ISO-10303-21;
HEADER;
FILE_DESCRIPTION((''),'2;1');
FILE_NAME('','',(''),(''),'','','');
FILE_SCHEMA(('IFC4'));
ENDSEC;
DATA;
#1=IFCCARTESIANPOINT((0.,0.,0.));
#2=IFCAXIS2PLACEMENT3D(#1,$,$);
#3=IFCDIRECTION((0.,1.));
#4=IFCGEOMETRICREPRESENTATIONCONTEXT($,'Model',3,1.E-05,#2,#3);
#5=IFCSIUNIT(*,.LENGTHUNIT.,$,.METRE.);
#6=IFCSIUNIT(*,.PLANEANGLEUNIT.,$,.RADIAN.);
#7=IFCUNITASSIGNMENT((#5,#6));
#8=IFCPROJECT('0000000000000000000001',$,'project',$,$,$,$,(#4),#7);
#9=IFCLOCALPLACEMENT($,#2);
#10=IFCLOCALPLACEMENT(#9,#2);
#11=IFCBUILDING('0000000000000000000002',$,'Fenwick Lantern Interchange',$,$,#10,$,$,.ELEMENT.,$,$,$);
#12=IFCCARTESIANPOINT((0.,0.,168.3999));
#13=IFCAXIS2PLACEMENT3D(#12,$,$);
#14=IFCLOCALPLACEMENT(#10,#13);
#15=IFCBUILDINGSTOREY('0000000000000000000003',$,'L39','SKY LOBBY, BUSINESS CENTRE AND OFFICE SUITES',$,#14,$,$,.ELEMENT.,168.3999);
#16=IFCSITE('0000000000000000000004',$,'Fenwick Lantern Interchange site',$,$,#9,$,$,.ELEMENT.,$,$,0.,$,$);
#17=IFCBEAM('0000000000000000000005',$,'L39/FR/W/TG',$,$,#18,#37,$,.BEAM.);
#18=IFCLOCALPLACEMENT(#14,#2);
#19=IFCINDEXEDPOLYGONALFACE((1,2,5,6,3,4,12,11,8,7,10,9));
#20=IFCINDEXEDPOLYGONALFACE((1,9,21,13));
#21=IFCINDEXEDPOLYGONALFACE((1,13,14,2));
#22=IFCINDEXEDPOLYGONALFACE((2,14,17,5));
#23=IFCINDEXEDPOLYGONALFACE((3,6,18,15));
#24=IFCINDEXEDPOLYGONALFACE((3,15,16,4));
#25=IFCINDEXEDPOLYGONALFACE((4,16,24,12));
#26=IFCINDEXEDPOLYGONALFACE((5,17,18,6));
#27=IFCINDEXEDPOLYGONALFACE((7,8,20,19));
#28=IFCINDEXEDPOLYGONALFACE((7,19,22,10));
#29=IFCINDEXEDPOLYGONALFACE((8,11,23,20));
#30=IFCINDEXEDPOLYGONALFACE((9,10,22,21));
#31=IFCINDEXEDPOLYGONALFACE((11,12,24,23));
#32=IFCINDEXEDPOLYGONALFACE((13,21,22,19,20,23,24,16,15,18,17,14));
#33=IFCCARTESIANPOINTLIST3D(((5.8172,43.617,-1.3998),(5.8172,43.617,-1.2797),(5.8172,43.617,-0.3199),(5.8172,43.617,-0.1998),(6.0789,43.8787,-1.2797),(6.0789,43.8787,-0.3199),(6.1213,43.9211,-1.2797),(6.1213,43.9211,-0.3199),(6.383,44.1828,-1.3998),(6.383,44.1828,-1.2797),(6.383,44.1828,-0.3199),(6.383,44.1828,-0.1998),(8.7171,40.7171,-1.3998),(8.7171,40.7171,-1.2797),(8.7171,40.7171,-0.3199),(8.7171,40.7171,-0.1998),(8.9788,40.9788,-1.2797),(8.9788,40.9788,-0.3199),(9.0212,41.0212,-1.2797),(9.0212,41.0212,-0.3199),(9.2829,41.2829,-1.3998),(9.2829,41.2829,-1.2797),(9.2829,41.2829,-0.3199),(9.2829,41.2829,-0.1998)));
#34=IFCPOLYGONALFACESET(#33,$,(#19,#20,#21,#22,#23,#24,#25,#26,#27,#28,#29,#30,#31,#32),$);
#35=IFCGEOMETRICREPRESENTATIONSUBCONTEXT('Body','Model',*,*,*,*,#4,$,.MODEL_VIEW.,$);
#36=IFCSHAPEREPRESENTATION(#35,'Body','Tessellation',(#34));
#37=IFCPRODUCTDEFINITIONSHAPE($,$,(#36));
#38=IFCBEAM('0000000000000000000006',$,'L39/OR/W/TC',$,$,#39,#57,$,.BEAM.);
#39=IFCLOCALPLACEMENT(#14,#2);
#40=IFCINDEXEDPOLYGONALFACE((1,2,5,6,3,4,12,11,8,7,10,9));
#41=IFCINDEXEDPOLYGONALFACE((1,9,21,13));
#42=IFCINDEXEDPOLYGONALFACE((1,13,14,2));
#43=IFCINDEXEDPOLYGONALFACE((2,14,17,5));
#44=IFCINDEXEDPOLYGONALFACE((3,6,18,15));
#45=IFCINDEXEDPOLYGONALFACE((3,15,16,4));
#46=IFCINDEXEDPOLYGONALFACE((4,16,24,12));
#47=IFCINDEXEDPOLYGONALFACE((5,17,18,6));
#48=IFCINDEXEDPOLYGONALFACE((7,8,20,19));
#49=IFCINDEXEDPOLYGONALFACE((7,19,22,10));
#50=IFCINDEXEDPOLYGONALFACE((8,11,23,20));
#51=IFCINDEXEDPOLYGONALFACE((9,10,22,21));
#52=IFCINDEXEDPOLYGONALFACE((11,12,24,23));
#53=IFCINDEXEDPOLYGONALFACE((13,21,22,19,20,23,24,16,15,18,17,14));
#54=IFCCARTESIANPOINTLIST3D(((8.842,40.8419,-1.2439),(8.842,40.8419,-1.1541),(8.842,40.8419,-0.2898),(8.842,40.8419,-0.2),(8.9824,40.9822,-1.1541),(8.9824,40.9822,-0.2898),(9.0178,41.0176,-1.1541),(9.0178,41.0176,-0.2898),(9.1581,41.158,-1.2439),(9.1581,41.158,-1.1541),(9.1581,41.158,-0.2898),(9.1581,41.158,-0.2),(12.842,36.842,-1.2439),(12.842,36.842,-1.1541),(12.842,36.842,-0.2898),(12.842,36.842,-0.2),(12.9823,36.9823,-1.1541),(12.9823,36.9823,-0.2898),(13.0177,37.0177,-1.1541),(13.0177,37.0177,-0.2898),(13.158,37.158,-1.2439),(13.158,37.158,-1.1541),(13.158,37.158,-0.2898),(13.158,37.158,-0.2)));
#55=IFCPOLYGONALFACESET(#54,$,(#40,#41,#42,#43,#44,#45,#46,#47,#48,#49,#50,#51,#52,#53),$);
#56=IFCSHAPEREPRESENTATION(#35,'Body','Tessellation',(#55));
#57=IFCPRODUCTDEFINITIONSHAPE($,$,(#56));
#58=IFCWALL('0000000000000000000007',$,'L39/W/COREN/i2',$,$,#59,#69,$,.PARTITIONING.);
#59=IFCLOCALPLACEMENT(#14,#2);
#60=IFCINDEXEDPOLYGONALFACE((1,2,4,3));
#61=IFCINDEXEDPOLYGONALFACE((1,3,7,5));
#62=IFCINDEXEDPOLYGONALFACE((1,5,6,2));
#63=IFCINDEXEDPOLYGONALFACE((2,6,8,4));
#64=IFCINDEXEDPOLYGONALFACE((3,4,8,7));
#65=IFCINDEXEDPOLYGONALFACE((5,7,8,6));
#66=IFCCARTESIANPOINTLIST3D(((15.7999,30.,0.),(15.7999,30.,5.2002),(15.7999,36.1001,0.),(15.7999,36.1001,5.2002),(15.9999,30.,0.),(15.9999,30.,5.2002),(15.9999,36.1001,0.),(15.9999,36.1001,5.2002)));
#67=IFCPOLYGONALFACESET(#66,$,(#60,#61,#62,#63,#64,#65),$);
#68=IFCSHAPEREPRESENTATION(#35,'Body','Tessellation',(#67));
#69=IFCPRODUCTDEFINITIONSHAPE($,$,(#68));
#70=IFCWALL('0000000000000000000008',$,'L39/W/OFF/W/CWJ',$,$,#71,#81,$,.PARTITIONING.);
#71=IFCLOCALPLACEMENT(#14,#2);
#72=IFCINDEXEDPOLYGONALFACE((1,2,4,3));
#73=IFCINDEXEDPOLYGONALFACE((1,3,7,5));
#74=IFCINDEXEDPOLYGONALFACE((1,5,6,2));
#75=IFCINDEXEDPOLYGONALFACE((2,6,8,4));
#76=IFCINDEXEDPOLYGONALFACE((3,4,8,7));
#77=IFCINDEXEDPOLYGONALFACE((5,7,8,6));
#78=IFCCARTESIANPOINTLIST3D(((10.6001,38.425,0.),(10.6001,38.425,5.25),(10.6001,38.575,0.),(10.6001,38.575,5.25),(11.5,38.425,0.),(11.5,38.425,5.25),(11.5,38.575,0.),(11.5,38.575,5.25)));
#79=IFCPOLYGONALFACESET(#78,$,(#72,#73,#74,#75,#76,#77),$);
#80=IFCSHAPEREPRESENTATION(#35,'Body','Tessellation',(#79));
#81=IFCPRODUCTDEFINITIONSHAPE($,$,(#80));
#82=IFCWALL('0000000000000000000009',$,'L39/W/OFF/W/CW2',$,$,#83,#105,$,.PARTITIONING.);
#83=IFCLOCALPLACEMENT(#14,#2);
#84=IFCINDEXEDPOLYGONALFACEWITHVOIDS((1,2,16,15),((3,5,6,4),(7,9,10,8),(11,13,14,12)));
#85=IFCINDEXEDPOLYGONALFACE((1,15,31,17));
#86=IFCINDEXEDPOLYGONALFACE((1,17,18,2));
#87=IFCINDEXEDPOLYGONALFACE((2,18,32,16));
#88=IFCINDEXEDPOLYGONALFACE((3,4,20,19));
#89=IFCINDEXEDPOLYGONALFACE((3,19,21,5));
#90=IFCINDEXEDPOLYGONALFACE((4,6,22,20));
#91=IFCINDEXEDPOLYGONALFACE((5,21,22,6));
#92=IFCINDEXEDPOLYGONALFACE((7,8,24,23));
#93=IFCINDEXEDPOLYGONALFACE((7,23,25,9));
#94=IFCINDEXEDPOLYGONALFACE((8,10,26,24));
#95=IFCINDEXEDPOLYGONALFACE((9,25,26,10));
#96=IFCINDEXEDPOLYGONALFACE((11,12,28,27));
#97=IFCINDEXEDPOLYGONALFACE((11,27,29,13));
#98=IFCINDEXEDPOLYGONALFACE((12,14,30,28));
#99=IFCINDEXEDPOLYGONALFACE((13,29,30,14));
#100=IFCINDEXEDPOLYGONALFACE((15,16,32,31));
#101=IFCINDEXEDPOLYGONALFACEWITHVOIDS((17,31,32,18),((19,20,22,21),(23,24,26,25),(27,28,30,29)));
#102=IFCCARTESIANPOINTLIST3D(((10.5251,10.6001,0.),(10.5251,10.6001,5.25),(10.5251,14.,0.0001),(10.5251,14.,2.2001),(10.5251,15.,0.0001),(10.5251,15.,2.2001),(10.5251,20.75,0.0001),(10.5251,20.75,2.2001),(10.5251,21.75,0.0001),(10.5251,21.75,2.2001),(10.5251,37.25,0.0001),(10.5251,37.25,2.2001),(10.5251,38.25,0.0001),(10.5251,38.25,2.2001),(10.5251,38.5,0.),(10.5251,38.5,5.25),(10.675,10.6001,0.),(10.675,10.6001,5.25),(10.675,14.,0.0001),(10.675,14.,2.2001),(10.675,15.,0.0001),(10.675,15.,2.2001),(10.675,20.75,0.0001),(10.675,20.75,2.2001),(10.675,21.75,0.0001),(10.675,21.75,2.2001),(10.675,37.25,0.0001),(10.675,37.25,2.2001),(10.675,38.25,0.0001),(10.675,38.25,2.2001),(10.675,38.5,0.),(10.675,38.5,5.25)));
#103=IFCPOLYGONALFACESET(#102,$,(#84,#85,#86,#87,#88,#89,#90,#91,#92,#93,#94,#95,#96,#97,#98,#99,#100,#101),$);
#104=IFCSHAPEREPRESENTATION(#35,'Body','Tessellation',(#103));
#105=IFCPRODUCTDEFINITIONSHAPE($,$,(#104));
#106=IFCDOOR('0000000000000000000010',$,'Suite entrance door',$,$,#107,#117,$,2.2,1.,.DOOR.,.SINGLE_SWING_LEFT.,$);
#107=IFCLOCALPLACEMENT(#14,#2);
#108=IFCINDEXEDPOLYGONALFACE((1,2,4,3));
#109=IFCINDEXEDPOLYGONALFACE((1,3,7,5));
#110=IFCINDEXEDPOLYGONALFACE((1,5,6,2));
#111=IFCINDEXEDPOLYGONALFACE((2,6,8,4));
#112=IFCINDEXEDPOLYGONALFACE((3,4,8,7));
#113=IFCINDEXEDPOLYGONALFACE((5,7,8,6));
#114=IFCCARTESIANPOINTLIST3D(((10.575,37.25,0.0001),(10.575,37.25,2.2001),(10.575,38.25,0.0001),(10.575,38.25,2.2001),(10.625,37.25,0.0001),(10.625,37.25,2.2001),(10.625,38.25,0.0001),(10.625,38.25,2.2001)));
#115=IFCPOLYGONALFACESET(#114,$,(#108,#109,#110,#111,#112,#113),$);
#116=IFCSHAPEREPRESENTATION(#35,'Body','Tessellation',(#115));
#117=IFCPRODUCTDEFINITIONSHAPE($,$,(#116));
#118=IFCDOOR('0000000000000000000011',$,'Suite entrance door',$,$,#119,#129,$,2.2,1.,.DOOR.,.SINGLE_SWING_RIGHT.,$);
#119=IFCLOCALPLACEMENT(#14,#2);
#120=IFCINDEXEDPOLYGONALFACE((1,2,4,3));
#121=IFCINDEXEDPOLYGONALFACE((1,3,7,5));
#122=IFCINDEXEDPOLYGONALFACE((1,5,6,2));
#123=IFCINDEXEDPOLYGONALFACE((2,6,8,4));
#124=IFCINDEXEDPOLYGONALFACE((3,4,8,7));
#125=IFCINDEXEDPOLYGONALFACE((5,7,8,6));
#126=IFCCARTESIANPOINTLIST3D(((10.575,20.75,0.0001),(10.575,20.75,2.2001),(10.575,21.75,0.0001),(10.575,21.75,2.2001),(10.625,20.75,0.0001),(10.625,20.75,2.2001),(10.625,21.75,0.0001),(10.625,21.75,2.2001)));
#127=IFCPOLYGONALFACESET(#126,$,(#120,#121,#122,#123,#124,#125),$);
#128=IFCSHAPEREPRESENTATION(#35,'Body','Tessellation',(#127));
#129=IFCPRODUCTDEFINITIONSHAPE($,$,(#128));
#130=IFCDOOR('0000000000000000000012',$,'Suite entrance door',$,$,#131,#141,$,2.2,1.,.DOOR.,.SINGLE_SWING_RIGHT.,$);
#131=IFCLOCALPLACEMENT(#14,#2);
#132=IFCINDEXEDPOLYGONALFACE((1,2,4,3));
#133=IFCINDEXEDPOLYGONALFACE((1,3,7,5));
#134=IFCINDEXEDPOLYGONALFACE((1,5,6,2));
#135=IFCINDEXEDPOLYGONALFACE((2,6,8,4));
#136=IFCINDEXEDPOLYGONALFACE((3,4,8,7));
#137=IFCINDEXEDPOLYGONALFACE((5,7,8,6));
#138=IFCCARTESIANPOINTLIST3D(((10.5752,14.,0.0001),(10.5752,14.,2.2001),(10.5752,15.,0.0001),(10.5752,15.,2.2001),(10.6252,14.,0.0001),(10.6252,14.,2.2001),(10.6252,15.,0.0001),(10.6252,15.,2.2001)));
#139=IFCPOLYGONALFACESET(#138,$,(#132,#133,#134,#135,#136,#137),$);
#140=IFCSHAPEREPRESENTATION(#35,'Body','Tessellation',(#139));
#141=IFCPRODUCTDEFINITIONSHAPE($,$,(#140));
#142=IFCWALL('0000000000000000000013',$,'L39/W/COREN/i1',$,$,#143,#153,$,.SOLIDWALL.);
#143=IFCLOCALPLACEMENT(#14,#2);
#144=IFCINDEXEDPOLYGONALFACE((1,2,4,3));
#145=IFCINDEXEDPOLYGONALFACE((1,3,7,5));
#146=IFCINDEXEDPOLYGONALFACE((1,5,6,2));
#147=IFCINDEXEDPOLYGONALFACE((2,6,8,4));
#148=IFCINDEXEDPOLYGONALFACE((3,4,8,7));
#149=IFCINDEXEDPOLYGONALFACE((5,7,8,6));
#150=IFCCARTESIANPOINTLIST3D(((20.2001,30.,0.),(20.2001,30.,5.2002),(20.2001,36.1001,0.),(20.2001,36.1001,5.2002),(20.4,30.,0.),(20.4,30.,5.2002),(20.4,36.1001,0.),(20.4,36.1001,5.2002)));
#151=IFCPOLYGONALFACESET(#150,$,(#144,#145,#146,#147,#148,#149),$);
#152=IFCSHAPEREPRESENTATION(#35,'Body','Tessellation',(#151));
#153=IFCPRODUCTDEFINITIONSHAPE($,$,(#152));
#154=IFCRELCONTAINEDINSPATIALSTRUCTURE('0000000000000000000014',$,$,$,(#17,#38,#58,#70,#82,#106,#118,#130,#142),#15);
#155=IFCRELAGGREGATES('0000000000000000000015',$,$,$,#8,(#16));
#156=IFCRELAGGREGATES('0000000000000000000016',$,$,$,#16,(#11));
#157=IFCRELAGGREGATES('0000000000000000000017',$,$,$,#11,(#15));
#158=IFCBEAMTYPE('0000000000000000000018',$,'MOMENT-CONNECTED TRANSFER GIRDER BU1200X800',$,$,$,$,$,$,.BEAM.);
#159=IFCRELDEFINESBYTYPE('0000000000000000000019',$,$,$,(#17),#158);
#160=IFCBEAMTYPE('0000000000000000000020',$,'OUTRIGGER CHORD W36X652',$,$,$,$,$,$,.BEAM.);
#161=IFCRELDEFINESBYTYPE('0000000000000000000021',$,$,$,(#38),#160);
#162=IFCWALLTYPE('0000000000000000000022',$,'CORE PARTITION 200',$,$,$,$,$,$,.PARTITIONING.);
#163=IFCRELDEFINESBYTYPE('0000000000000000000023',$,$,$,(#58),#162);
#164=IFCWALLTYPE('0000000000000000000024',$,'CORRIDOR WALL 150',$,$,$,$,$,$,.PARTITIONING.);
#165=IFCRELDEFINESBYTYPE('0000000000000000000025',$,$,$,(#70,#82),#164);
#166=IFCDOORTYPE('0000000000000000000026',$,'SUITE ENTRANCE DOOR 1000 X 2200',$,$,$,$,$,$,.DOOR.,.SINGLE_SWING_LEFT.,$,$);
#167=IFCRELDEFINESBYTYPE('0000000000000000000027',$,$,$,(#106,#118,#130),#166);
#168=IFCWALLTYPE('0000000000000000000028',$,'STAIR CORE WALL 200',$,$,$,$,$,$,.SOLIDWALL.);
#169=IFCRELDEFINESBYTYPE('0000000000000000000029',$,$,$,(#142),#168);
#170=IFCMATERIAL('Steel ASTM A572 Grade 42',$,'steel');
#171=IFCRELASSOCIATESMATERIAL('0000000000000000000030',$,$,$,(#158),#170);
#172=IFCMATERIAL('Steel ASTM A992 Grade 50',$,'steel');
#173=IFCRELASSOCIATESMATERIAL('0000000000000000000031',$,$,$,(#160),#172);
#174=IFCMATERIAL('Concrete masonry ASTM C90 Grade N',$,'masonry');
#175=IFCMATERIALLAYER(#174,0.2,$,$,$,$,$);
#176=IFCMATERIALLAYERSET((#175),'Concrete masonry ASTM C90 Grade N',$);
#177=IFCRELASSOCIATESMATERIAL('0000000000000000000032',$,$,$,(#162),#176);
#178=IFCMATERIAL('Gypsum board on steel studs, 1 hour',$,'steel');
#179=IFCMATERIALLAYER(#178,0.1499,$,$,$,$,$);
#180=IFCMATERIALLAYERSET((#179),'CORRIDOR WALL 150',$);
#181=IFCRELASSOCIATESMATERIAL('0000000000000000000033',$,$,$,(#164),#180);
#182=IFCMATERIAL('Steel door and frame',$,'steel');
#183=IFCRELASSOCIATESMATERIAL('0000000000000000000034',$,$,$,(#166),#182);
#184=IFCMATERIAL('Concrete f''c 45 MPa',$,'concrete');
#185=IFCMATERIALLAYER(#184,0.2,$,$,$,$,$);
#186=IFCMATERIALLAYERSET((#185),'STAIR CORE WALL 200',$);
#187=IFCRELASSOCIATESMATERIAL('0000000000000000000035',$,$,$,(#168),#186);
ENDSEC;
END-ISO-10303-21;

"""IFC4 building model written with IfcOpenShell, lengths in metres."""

from ifc_helpers import new_model, si_unit, direction, frame, frame_2d, origin, origin_2d, place, context, subcontext, project, spatial, rectangle, i_section, extrude, material, layer, layer_set, material_profile, profile_set, type_object, element, fill, save


model = new_model("IFC4")

# Units and contexts
model_context = context("Model", 3, precision=1e-05, world=origin(), true_north=direction((0.0, 1.0)))
body_context = subcontext(model_context, "Body", "Model", "MODEL_VIEW")
ifc_project = project(units=[si_unit("LENGTHUNIT", "METRE"), si_unit("PLANEANGLEUNIT", "RADIAN")], contexts=[model_context])

# Site, building, storey
site_placement = place(None, origin())
site = spatial("IfcSite", under=ifc_project, at=site_placement, Name="Fenwick Lantern Interchange site", CompositionType="ELEMENT", RefElevation=0.0)
building_placement = place(site_placement, origin())
building = spatial("IfcBuilding", under=site, at=building_placement, Name="Fenwick Lantern Interchange", CompositionType="ELEMENT")
storey_placement = place(building_placement, frame((0.0, 0.0, 168.3999)))
storey = spatial("IfcBuildingStorey", under=building, at=storey_placement, Name="L39", Description="SKY LOBBY, BUSINESS CENTRE AND OFFICE SUITES", CompositionType="ELEMENT", Elevation=168.3999)

# Beams
ifc_material_1 = material(Name="Steel ASTM A992 Grade 50", Category="steel")
ifc_material_2 = material(Name="Steel ASTM A572 Grade 42", Category="steel")
ifc_material_profile_1 = material_profile(ifc_material_2, i_section(OverallWidth=0.8, OverallDepth=1.2, WebThickness=0.0601, FlangeThickness=0.1201, at=origin_2d()), Name="BU1200X800")
ifc_profile_set_1 = profile_set([ifc_material_profile_1], Name="Steel ASTM A572 Grade 42")
beam_type_1 = type_object("IfcBeamType", Name="MOMENT-CONNECTED TRANSFER GIRDER BU1200X800", PredefinedType="BEAM", material=ifc_profile_set_1)
beam_1_placement = place(storey_placement, frame((9.0, 41.0, -0.7998), z_axis=(-0.707107, 0.707107, 0.0), x_axis=(-0.707107, -0.707107, 0.0)))
element("IfcBeam", 1, at=beam_1_placement, inside=storey, type_object=beam_type_1, Name="L39/FR/W/TG", PredefinedType="BEAM", context=body_context, shape_type="SweptSolid", body=[
    extrude(i_section(OverallWidth=0.8, OverallDepth=1.2, WebThickness=0.0601, FlangeThickness=0.1201, at=origin_2d()), origin(), (0.0, 0.0, 1.0), 4.1011),
])
ifc_material_profile_2 = material_profile(ifc_material_1, i_section(OverallWidth=0.447, OverallDepth=1.0439, WebThickness=0.05, FlangeThickness=0.0898, at=origin_2d()), Name="W36X652")
ifc_profile_set_2 = profile_set([ifc_material_profile_2], Name="Steel ASTM A992 Grade 50")
beam_type_2 = type_object("IfcBeamType", Name="OUTRIGGER CHORD W36X652", PredefinedType="BEAM", material=ifc_profile_set_2)
beam_2_placement = place(storey_placement, frame((13.0, 37.0, -0.7219), z_axis=(-0.707107, 0.707107, 0.0), x_axis=(-0.707107, -0.707107, 0.0)))
element("IfcBeam", 2, at=beam_2_placement, inside=storey, type_object=beam_type_2, Name="L39/OR/W/TC", PredefinedType="BEAM", context=body_context, shape_type="SweptSolid", body=[
    extrude(i_section(OverallWidth=0.447, OverallDepth=1.0439, WebThickness=0.05, FlangeThickness=0.0898, at=origin_2d()), origin(), (0.0, 0.0, 1.0), 5.6567),
])

# Wall
ifc_material_3 = material(Name="Concrete masonry ASTM C90 Grade N", Category="masonry")
ifc_layer_1 = layer(ifc_material_3, 0.2)
ifc_layer_set_1 = layer_set([ifc_layer_1], Name="Concrete masonry ASTM C90 Grade N")
wall_type_1 = type_object("IfcWallType", Name="CORE PARTITION 200", PredefinedType="PARTITIONING", material=ifc_layer_set_1)
wall_1_placement = place(storey_placement, frame((15.8999, 36.1001, 0.0), z_axis=(0.0, 0.0, 1.0), x_axis=(0.0, -1.0, 0.0)))
element("IfcWall", 3, at=wall_1_placement, inside=storey, type_object=wall_type_1, Name="L39/W/COREN/i2", PredefinedType="PARTITIONING", context=body_context, shape_type="SweptSolid", body=[
    extrude(rectangle(XDim=6.1001, YDim=0.2, at=frame_2d((3.05, 0.0))), origin(), (0.0, 0.0, 1.0), 5.2002),
])

# Shared definitions
ifc_material_4 = material(Name="Steel door and frame", Category="steel")

# Wall
ifc_material_5 = material(Name="Gypsum board on steel studs, 1 hour", Category="steel")
ifc_layer_2 = layer(ifc_material_5, 0.1499)
ifc_layer_set_2 = layer_set([ifc_layer_2], Name="CORRIDOR WALL 150")
wall_type_2 = type_object("IfcWallType", Name="CORRIDOR WALL 150", PredefinedType="PARTITIONING", material=ifc_layer_set_2)
wall_2_placement = place(storey_placement, frame((11.5, 38.5, 0.0), z_axis=(0.0, 0.0, 1.0), x_axis=(-1.0, 0.0, 0.0)))
element("IfcWall", 4, at=wall_2_placement, inside=storey, type_object=wall_type_2, Name="L39/W/OFF/W/CWJ", PredefinedType="PARTITIONING", context=body_context, shape_type="SweptSolid", body=[
    extrude(rectangle(XDim=0.8999, YDim=0.1499, at=frame_2d((0.45, 0.0))), origin(), (0.0, 0.0, 1.0), 5.25),
])

# Wall, openings, doors
wall_3_placement = place(storey_placement, frame((10.6001, 38.5, 0.0), z_axis=(0.0, 0.0, 1.0), x_axis=(0.0, -1.0, 0.0)))
wall_3 = element("IfcWall", 5, at=wall_3_placement, inside=storey, type_object=wall_type_2, Name="L39/W/OFF/W/CW2", PredefinedType="PARTITIONING", context=body_context, shape_type="SweptSolid", body=[
    extrude(rectangle(XDim=27.8999, YDim=0.1499, at=frame_2d((13.95, 0.0))), origin(), (0.0, 0.0, 1.0), 5.25),
])
opening_1_placement = place(wall_3_placement, frame((0.25, 0.0, 0.0)))
opening_1 = element("IfcOpeningElement", 6, at=opening_1_placement, cuts=wall_3, PredefinedType="OPENING", context=body_context, shape_type="SweptSolid", body=[
    extrude(rectangle(XDim=1.0, YDim=2.2, at=frame_2d((0.5, 1.1001))), frame((0.0, 0.085, 0.0), z_axis=(0.0, -1.0, 0.0), x_axis=(1.0, 0.0, 0.0)), (0.0, 0.0, 1.0), 0.1699),
])
opening_2_placement = place(wall_3_placement, frame((16.75, 0.0, 0.0)))
opening_2 = element("IfcOpeningElement", 7, at=opening_2_placement, cuts=wall_3, PredefinedType="OPENING", context=body_context, shape_type="SweptSolid", body=[
    extrude(rectangle(XDim=1.0, YDim=2.2, at=frame_2d((0.5, 1.1001))), frame((0.0, 0.085, 0.0), z_axis=(0.0, -1.0, 0.0), x_axis=(1.0, 0.0, 0.0)), (0.0, 0.0, 1.0), 0.1699),
])
opening_3_placement = place(wall_3_placement, frame((23.5, 0.0, 0.0)))
opening_3 = element("IfcOpeningElement", 8, at=opening_3_placement, cuts=wall_3, PredefinedType="OPENING", context=body_context, shape_type="SweptSolid", body=[
    extrude(rectangle(XDim=1.0, YDim=2.2, at=frame_2d((0.5, 1.1001))), frame((0.0, 0.085, 0.0), z_axis=(0.0, -1.0, 0.0), x_axis=(1.0, 0.0, 0.0)), (0.0, 0.0, 1.0), 0.1699),
])
door_type_1 = type_object("IfcDoorType", Name="SUITE ENTRANCE DOOR 1000 X 2200", OperationType="SINGLE_SWING_LEFT", PredefinedType="DOOR", material=ifc_material_4)
door_1_placement = place(opening_1_placement, origin())
door_1 = element("IfcDoor", 9, at=door_1_placement, inside=storey, type_object=door_type_1, Name="Suite entrance door", OperationType="SINGLE_SWING_LEFT", OverallHeight=2.2, OverallWidth=1.0, PredefinedType="DOOR", context=body_context, shape_type="SweptSolid", body=[
    extrude(rectangle(XDim=1.0, YDim=2.2, at=frame_2d((0.5, 1.1001))), frame((0.0, 0.0249, 0.0), z_axis=(0.0, -1.0, 0.0), x_axis=(1.0, 0.0, 0.0)), (0.0, 0.0, 1.0), 0.05),
])
fill(opening_1, door_1)
door_2_placement = place(opening_2_placement, origin())
door_2 = element("IfcDoor", 10, at=door_2_placement, inside=storey, type_object=door_type_1, Name="Suite entrance door", OperationType="SINGLE_SWING_RIGHT", OverallHeight=2.2, OverallWidth=1.0, PredefinedType="DOOR", context=body_context, shape_type="SweptSolid", body=[
    extrude(rectangle(XDim=1.0, YDim=2.2, at=frame_2d((0.5, 1.1001))), frame((0.0, 0.0249, 0.0), z_axis=(0.0, -1.0, 0.0), x_axis=(1.0, 0.0, 0.0)), (0.0, 0.0, 1.0), 0.05),
])
fill(opening_2, door_2)
door_3_placement = place(opening_3_placement, frame((1.0, 0.0, 0.0), z_axis=(0.0, 0.0, 1.0), x_axis=(-1.0, 0.0, 0.0)))
door_3 = element("IfcDoor", 11, at=door_3_placement, inside=storey, type_object=door_type_1, Name="Suite entrance door", OperationType="SINGLE_SWING_RIGHT", OverallHeight=2.2, OverallWidth=1.0, PredefinedType="DOOR", context=body_context, shape_type="SweptSolid", body=[
    extrude(rectangle(XDim=1.0, YDim=2.2, at=frame_2d((0.5, 1.1001))), frame((0.0, 0.0249, 0.0), z_axis=(0.0, -1.0, 0.0), x_axis=(1.0, 0.0, 0.0)), (0.0, 0.0, 1.0), 0.05),
])
fill(opening_3, door_3)

# Wall
ifc_material_6 = material(Name="Concrete f'c 45 MPa", Category="concrete")
ifc_layer_3 = layer(ifc_material_6, 0.2)
ifc_layer_set_3 = layer_set([ifc_layer_3], Name="STAIR CORE WALL 200")
wall_type_3 = type_object("IfcWallType", Name="STAIR CORE WALL 200", PredefinedType="SOLIDWALL", material=ifc_layer_set_3)
wall_4_placement = place(storey_placement, frame((20.3, 36.1001, 0.0), z_axis=(0.0, 0.0, 1.0), x_axis=(0.0, -1.0, 0.0)))
element("IfcWall", 12, at=wall_4_placement, inside=storey, type_object=wall_type_3, Name="L39/W/COREN/i1", PredefinedType="SOLIDWALL", context=body_context, shape_type="SweptSolid", body=[
    extrude(rectangle(XDim=6.1001, YDim=0.2, at=frame_2d((3.05, 0.0))), origin(), (0.0, 0.0, 1.0), 5.2002),
])

save(model, "model.ifc")
